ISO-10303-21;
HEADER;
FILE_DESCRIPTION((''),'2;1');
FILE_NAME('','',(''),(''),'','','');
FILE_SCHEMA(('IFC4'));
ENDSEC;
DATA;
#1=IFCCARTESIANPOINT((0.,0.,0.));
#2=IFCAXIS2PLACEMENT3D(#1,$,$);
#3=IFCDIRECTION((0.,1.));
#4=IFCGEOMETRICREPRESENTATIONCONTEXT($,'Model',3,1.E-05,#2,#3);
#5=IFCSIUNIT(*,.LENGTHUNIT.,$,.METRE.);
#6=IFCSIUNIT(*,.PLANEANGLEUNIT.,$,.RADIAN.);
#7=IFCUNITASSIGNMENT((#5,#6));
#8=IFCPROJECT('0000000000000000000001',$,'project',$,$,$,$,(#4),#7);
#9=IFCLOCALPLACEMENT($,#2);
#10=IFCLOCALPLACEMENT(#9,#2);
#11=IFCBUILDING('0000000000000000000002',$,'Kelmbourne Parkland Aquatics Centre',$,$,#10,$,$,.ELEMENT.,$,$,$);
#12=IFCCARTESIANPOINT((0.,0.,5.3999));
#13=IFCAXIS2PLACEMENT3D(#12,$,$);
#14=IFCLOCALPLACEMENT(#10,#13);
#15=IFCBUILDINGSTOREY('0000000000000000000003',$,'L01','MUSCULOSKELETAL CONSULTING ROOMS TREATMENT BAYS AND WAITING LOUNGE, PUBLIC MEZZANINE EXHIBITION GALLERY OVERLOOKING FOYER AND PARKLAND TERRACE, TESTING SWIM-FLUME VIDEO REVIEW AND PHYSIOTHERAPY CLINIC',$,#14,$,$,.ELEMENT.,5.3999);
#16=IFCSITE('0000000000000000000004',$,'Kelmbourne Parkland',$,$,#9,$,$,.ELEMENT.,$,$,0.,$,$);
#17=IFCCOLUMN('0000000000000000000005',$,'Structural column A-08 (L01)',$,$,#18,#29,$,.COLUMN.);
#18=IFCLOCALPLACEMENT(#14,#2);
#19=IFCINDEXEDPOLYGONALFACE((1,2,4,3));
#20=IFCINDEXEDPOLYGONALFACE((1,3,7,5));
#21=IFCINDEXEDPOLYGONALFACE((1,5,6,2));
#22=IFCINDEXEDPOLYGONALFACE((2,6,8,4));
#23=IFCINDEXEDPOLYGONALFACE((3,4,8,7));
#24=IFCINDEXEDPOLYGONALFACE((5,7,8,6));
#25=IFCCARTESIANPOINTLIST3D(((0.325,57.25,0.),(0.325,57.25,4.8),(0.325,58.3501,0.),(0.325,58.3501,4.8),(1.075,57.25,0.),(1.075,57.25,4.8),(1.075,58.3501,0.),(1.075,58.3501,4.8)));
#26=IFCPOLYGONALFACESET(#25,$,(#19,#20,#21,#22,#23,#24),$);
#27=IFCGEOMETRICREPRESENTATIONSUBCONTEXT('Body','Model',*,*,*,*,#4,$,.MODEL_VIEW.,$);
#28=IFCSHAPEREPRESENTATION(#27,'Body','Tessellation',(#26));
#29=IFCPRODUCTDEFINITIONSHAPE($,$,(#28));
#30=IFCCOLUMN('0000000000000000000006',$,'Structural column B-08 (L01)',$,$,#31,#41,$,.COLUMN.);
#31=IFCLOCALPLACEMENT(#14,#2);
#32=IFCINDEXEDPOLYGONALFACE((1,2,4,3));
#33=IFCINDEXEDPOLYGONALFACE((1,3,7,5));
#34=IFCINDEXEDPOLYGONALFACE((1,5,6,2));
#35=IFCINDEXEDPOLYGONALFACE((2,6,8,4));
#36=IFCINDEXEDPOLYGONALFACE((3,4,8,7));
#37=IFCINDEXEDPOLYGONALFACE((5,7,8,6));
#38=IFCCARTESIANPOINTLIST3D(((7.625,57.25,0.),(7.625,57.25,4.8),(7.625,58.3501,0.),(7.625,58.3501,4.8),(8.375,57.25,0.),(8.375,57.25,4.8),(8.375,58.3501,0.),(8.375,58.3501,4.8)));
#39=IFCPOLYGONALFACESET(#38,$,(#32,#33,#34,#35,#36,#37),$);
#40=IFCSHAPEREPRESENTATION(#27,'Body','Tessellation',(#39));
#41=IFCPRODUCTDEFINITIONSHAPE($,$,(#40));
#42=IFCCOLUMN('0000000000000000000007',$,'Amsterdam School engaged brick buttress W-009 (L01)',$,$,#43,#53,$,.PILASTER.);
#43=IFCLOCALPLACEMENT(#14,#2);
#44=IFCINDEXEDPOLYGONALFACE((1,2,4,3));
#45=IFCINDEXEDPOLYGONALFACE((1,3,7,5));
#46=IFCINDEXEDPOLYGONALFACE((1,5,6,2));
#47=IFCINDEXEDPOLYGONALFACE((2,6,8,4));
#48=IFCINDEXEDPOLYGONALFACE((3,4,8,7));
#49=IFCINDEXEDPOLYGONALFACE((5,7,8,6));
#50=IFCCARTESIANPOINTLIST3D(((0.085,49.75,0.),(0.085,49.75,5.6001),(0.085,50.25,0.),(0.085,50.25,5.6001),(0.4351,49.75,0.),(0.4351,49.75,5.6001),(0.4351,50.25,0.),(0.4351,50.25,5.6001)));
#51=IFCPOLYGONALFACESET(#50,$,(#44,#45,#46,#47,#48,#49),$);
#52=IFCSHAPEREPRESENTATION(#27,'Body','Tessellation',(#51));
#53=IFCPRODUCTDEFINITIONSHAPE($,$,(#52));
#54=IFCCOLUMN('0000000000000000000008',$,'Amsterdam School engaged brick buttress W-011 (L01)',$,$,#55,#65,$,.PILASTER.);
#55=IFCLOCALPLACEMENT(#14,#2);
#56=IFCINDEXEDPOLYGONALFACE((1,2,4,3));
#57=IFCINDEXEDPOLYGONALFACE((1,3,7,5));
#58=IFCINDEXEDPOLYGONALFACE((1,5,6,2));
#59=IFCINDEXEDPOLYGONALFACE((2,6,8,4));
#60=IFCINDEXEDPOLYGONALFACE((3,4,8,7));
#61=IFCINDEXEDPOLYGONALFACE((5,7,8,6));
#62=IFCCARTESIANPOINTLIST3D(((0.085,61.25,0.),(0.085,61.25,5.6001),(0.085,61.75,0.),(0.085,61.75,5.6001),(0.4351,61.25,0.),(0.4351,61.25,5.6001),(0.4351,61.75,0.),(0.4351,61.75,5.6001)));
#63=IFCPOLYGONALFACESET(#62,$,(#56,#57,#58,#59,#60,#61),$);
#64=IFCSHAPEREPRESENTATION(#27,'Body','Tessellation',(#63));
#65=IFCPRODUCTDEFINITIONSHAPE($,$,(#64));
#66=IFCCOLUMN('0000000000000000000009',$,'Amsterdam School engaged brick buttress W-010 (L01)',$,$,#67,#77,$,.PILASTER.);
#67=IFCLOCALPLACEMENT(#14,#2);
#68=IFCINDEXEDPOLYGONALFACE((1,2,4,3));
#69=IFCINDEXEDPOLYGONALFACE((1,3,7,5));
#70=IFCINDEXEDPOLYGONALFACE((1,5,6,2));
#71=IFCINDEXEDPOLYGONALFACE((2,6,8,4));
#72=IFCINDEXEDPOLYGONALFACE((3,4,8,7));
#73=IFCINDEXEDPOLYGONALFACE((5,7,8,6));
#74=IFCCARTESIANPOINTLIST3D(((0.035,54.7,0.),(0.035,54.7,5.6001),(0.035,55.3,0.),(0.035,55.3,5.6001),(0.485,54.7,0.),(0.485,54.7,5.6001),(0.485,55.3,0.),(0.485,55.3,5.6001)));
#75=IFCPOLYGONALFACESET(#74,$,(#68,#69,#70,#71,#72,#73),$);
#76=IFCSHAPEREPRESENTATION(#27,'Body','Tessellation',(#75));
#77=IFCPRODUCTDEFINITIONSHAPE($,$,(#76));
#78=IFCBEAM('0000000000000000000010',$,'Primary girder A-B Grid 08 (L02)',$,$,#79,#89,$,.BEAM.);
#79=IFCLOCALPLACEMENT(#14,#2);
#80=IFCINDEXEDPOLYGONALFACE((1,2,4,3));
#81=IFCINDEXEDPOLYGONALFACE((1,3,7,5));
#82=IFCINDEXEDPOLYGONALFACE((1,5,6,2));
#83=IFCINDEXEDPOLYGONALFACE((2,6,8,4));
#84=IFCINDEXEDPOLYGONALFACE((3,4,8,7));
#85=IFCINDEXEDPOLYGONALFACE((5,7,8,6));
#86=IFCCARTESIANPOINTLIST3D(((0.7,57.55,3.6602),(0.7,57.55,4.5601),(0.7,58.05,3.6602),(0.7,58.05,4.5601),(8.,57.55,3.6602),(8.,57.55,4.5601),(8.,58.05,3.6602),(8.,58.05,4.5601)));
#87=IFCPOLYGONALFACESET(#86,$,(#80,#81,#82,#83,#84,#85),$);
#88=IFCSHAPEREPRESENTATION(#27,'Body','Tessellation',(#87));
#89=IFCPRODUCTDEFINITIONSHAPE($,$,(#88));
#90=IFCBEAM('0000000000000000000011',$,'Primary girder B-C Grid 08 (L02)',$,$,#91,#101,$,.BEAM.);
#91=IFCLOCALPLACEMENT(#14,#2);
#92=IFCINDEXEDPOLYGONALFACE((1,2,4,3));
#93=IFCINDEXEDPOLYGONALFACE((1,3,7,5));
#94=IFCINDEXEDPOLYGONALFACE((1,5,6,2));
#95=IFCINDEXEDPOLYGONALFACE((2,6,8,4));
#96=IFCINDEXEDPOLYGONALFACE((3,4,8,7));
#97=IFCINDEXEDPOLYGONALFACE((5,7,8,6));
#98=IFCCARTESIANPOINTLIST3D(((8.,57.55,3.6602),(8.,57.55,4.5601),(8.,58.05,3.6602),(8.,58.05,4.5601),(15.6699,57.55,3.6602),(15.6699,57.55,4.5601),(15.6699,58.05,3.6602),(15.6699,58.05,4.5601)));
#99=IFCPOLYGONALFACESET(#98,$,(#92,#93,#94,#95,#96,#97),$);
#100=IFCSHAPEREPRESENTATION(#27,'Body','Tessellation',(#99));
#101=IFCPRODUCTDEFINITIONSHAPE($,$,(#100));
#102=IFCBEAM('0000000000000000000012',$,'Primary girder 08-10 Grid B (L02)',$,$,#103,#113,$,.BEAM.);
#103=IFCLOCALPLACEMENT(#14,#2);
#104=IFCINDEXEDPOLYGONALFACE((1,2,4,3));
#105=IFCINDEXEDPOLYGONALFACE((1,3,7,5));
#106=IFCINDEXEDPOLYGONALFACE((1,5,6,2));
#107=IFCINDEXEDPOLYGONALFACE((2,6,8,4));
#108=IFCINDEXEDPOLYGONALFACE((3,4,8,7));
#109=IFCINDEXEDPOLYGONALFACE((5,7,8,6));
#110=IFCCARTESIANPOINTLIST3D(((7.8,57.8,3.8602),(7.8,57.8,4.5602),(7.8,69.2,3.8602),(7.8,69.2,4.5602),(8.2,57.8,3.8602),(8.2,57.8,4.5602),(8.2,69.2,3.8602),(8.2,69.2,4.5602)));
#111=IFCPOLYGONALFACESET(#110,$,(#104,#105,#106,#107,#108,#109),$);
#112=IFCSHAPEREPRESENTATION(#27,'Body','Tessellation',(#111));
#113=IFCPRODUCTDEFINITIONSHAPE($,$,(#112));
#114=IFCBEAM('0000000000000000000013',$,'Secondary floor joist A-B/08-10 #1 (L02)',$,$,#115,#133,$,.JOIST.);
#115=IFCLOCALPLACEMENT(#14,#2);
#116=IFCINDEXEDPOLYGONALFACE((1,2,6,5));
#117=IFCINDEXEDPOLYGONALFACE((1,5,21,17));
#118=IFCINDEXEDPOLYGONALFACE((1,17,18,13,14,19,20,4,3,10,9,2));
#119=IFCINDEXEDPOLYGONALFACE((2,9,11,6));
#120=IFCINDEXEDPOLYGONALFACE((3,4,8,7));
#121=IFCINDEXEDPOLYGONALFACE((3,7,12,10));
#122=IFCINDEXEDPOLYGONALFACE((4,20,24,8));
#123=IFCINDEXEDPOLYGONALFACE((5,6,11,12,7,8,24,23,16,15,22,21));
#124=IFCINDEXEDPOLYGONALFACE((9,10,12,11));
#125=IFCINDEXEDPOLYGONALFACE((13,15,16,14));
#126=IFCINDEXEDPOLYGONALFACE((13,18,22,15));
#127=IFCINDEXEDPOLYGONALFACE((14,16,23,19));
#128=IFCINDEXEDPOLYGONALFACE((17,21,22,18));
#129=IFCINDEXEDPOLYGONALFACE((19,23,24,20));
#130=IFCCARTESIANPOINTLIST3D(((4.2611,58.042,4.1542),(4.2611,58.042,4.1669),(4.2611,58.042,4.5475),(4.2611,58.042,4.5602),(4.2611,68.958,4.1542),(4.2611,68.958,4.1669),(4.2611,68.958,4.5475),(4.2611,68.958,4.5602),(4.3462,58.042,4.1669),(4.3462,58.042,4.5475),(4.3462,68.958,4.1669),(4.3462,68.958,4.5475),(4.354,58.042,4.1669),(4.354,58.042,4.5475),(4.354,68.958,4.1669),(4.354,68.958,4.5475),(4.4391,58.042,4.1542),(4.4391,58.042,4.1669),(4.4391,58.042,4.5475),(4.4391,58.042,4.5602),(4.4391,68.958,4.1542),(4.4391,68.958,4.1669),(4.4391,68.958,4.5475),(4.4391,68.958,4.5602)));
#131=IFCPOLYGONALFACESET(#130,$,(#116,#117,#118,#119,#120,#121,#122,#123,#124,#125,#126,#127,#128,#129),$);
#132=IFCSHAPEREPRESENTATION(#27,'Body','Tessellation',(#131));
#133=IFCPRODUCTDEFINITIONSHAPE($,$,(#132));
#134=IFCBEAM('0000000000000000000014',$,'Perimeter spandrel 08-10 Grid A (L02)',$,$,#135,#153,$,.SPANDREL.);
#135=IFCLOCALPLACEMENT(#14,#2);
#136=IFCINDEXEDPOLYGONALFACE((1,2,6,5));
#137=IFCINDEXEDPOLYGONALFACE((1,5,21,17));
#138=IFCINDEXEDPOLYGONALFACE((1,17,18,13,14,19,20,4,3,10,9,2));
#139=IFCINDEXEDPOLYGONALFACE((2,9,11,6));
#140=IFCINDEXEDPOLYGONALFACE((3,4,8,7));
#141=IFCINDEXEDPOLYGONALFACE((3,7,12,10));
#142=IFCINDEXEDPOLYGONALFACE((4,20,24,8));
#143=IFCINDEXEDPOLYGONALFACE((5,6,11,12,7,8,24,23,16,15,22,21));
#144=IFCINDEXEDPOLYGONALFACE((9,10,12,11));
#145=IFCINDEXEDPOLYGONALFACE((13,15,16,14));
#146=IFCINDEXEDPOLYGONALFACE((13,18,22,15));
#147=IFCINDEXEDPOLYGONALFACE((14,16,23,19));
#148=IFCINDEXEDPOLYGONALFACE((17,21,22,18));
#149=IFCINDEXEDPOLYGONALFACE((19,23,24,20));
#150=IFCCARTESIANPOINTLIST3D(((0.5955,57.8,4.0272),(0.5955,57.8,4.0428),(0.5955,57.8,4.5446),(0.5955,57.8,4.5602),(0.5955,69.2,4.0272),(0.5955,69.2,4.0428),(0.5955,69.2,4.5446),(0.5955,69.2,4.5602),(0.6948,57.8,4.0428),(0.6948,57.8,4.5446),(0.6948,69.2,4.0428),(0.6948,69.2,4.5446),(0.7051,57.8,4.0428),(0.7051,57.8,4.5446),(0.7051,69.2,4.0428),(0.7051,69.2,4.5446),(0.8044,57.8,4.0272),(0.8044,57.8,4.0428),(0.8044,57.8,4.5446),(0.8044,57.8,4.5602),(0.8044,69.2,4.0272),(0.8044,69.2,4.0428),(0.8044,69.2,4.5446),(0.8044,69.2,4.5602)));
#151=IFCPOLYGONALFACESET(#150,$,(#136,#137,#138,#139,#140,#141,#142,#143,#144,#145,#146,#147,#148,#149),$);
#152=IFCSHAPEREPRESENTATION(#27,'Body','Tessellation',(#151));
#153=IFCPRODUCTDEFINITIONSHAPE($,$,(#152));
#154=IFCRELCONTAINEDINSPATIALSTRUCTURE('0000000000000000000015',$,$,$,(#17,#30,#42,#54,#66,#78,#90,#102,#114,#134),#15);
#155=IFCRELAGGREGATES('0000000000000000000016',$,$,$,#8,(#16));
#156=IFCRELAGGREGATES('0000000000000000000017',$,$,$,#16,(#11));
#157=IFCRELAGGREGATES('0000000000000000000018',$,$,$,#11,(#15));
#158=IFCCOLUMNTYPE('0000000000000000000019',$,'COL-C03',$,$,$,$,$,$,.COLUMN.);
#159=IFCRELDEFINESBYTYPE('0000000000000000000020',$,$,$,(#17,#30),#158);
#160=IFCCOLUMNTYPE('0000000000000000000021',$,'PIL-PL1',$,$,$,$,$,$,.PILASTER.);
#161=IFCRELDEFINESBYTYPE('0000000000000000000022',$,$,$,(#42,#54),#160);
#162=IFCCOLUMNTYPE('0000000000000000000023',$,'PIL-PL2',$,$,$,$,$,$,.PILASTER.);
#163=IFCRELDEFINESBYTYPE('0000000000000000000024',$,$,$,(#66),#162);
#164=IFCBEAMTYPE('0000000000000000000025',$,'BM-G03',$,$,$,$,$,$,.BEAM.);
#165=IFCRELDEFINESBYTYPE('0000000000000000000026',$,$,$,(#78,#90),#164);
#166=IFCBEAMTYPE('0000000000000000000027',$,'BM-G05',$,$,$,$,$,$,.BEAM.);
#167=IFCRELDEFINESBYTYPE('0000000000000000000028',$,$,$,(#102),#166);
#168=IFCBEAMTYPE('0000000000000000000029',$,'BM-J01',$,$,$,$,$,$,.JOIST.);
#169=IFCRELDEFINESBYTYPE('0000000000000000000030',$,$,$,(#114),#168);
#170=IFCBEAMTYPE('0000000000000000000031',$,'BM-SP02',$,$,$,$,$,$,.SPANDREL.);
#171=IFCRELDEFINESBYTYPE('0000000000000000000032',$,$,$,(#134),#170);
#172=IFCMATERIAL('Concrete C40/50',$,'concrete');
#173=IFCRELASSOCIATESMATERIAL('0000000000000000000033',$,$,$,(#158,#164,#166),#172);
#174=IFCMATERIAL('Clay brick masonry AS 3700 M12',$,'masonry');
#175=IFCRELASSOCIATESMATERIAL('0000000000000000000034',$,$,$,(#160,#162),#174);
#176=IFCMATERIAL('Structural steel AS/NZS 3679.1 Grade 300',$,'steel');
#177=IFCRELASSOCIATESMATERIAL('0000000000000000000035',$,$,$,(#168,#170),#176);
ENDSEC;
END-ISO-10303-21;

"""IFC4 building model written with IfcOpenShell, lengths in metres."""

from ifc_helpers import new_model, si_unit, direction, frame, origin, origin_2d, place, context, subcontext, project, spatial, rectangle, i_section, extrude, material, material_profile, profile_set, type_object, element, save


model = new_model("IFC4")

# Units and contexts
model_context = context("Model", 3, precision=1e-05, world=origin(), true_north=direction((0.0, 1.0)))
body_context = subcontext(model_context, "Body", "Model", "MODEL_VIEW")
ifc_project = project(units=[si_unit("LENGTHUNIT", "METRE"), si_unit("PLANEANGLEUNIT", "RADIAN")], contexts=[model_context])

# Site, building, storey
site_placement = place(None, origin())
site = spatial("IfcSite", under=ifc_project, at=site_placement, Name="Kelmbourne Parkland", CompositionType="ELEMENT", RefElevation=0.0)
building_placement = place(site_placement, origin())
building = spatial("IfcBuilding", under=site, at=building_placement, Name="Kelmbourne Parkland Aquatics Centre", CompositionType="ELEMENT")
storey_placement = place(building_placement, frame((0.0, 0.0, 5.3999)))
storey = spatial("IfcBuildingStorey", under=building, at=storey_placement, Name="L01", Description="MUSCULOSKELETAL CONSULTING ROOMS TREATMENT BAYS AND WAITING LOUNGE, PUBLIC MEZZANINE EXHIBITION GALLERY OVERLOOKING FOYER AND PARKLAND TERRACE, TESTING SWIM-FLUME VIDEO REVIEW AND PHYSIOTHERAPY CLINIC", CompositionType="ELEMENT", Elevation=5.3999)

# Columns
ifc_material_1 = material(Name="Concrete C40/50", Category="concrete")
ifc_material_profile_1 = material_profile(ifc_material_1, rectangle(XDim=0.75, YDim=1.1001, at=origin_2d()), Name="RC 750x1100")
ifc_profile_set_1 = profile_set([ifc_material_profile_1], Name="Concrete C40/50")
column_type_1 = type_object("IfcColumnType", Name="COL-C03", PredefinedType="COLUMN", material=ifc_profile_set_1)
for number, where, z_axis, x_axis, name in (
    (1, (0.7, 57.8, 0.0), (0.0, 0.0, 1.0), (1.0, 0.0, 0.0), "Structural column A-08 (L01)"),
    (2, (8.0, 57.8, 0.0), (0.0, 0.0, 1.0), (1.0, 0.0, 0.0), "Structural column B-08 (L01)"),
):
    element("IfcColumn", number, at=place(storey_placement, frame(where, z_axis=z_axis, x_axis=x_axis)), inside=storey, type_object=column_type_1, Name=name, PredefinedType="COLUMN", context=body_context, shape_type="SweptSolid", body=[
        extrude(rectangle(XDim=0.75, YDim=1.1001, at=origin_2d()), origin(), (0.0, 0.0, 1.0), 4.8),
    ])
ifc_material_2 = material(Name="Clay brick masonry AS 3700 M12", Category="masonry")
ifc_material_profile_2 = material_profile(ifc_material_2, rectangle(XDim=0.3501, YDim=0.5, at=origin_2d()), Name="PIL 350x500")
ifc_profile_set_2 = profile_set([ifc_material_profile_2], Name="Clay brick masonry AS 3700 M12")
column_type_2 = type_object("IfcColumnType", Name="PIL-PL1", PredefinedType="PILASTER", material=ifc_profile_set_2)
for number, where, z_axis, x_axis, name in (
    (3, (0.26, 50.0, 0.0), (0.0, 0.0, 1.0), (1.0, 0.0, 0.0), "Amsterdam School engaged brick buttress W-009 (L01)"),
    (4, (0.26, 61.5, 0.0), (0.0, 0.0, 1.0), (1.0, 0.0, 0.0), "Amsterdam School engaged brick buttress W-011 (L01)"),
):
    element("IfcColumn", number, at=place(storey_placement, frame(where, z_axis=z_axis, x_axis=x_axis)), inside=storey, type_object=column_type_2, Name=name, PredefinedType="PILASTER", context=body_context, shape_type="SweptSolid", body=[
        extrude(rectangle(XDim=0.3501, YDim=0.5, at=origin_2d()), origin(), (0.0, 0.0, 1.0), 5.6001),
    ])
ifc_material_profile_3 = material_profile(ifc_material_2, rectangle(XDim=0.45, YDim=0.6001, at=origin_2d()), Name="PIL 450x600")
ifc_profile_set_3 = profile_set([ifc_material_profile_3], Name="Clay brick masonry AS 3700 M12")
column_type_3 = type_object("IfcColumnType", Name="PIL-PL2", PredefinedType="PILASTER", material=ifc_profile_set_3)
column_placement = place(storey_placement, frame((0.26, 55.0, 0.0), z_axis=(0.0, 0.0, 1.0), x_axis=(1.0, 0.0, 0.0)))
element("IfcColumn", 5, at=column_placement, inside=storey, type_object=column_type_3, Name="Amsterdam School engaged brick buttress W-010 (L01)", PredefinedType="PILASTER", context=body_context, shape_type="SweptSolid", body=[
    extrude(rectangle(XDim=0.45, YDim=0.6001, at=origin_2d()), origin(), (0.0, 0.0, 1.0), 5.6001),
])

# Beams
ifc_material_profile_4 = material_profile(ifc_material_1, rectangle(XDim=0.5, YDim=0.8999, at=origin_2d()), Name="RC 500x900")
ifc_profile_set_4 = profile_set([ifc_material_profile_4], Name="Concrete C40/50")
beam_type_1 = type_object("IfcBeamType", Name="BM-G03", PredefinedType="BEAM", material=ifc_profile_set_4)
beam_1_placement = place(storey_placement, frame((0.7, 57.8, 4.1101), z_axis=(1.0, 0.0, 0.0), x_axis=(0.0, 1.0, 0.0)))
element("IfcBeam", 6, at=beam_1_placement, inside=storey, type_object=beam_type_1, Name="Primary girder A-B Grid 08 (L02)", PredefinedType="BEAM", context=body_context, shape_type="SweptSolid", body=[
    extrude(rectangle(XDim=0.5, YDim=0.8999, at=origin_2d()), origin(), (0.0, 0.0, 1.0), 7.3),
])
beam_2_placement = place(storey_placement, frame((8.0, 57.8, 4.1101), z_axis=(1.0, 0.0, 0.0), x_axis=(0.0, 1.0, 0.0)))
element("IfcBeam", 7, at=beam_2_placement, inside=storey, type_object=beam_type_1, Name="Primary girder B-C Grid 08 (L02)", PredefinedType="BEAM", context=body_context, shape_type="SweptSolid", body=[
    extrude(rectangle(XDim=0.5, YDim=0.8999, at=origin_2d()), origin(), (0.0, 0.0, 1.0), 7.6699),
])
ifc_material_profile_5 = material_profile(ifc_material_1, rectangle(XDim=0.3999, YDim=0.7, at=origin_2d()), Name="RC 400x700")
ifc_profile_set_5 = profile_set([ifc_material_profile_5], Name="Concrete C40/50")
beam_type_2 = type_object("IfcBeamType", Name="BM-G05", PredefinedType="BEAM", material=ifc_profile_set_5)
beam_3_placement = place(storey_placement, frame((8.0, 57.8, 4.2102), z_axis=(0.0, 1.0, 0.0), x_axis=(-1.0, 0.0, 0.0)))
element("IfcBeam", 8, at=beam_3_placement, inside=storey, type_object=beam_type_2, Name="Primary girder 08-10 Grid B (L02)", PredefinedType="BEAM", context=body_context, shape_type="SweptSolid", body=[
    extrude(rectangle(XDim=0.3999, YDim=0.7, at=origin_2d()), origin(), (0.0, 0.0, 1.0), 11.3999),
])
ifc_material_3 = material(Name="Structural steel AS/NZS 3679.1 Grade 300", Category="steel")
ifc_material_profile_6 = material_profile(ifc_material_3, i_section(OverallWidth=0.178, OverallDepth=0.406, WebThickness=0.0078, FlangeThickness=0.0127, at=origin_2d()), Name="410UB59.7")
ifc_profile_set_6 = profile_set([ifc_material_profile_6], Name="Structural steel AS/NZS 3679.1 Grade 300")
beam_type_3 = type_object("IfcBeamType", Name="BM-J01", PredefinedType="JOIST", material=ifc_profile_set_6)
beam_4_placement = place(storey_placement, frame((4.3501, 58.042, 4.3572), z_axis=(0.0, 1.0, 0.0), x_axis=(-1.0, 0.0, 0.0)))
element("IfcBeam", 9, at=beam_4_placement, inside=storey, type_object=beam_type_3, Name="Secondary floor joist A-B/08-10 #1 (L02)", PredefinedType="JOIST", context=body_context, shape_type="SweptSolid", body=[
    extrude(i_section(OverallWidth=0.178, OverallDepth=0.406, WebThickness=0.0078, FlangeThickness=0.0127, at=origin_2d()), origin(), (0.0, 0.0, 1.0), 10.916),
])
ifc_material_profile_7 = material_profile(ifc_material_3, i_section(OverallWidth=0.209, OverallDepth=0.533, WebThickness=0.0103, FlangeThickness=0.0156, at=origin_2d()), Name="530UB92.4")
ifc_profile_set_7 = profile_set([ifc_material_profile_7], Name="Structural steel AS/NZS 3679.1 Grade 300")
beam_type_4 = type_object("IfcBeamType", Name="BM-SP02", PredefinedType="SPANDREL", material=ifc_profile_set_7)
beam_5_placement = place(storey_placement, frame((0.7, 57.8, 4.2937), z_axis=(0.0, 1.0, 0.0), x_axis=(-1.0, 0.0, 0.0)))
element("IfcBeam", 10, at=beam_5_placement, inside=storey, type_object=beam_type_4, Name="Perimeter spandrel 08-10 Grid A (L02)", PredefinedType="SPANDREL", context=body_context, shape_type="SweptSolid", body=[
    extrude(i_section(OverallWidth=0.209, OverallDepth=0.533, WebThickness=0.0103, FlangeThickness=0.0156, at=origin_2d()), origin(), (0.0, 0.0, 1.0), 11.3999),
])

save(model, "model.ifc")
